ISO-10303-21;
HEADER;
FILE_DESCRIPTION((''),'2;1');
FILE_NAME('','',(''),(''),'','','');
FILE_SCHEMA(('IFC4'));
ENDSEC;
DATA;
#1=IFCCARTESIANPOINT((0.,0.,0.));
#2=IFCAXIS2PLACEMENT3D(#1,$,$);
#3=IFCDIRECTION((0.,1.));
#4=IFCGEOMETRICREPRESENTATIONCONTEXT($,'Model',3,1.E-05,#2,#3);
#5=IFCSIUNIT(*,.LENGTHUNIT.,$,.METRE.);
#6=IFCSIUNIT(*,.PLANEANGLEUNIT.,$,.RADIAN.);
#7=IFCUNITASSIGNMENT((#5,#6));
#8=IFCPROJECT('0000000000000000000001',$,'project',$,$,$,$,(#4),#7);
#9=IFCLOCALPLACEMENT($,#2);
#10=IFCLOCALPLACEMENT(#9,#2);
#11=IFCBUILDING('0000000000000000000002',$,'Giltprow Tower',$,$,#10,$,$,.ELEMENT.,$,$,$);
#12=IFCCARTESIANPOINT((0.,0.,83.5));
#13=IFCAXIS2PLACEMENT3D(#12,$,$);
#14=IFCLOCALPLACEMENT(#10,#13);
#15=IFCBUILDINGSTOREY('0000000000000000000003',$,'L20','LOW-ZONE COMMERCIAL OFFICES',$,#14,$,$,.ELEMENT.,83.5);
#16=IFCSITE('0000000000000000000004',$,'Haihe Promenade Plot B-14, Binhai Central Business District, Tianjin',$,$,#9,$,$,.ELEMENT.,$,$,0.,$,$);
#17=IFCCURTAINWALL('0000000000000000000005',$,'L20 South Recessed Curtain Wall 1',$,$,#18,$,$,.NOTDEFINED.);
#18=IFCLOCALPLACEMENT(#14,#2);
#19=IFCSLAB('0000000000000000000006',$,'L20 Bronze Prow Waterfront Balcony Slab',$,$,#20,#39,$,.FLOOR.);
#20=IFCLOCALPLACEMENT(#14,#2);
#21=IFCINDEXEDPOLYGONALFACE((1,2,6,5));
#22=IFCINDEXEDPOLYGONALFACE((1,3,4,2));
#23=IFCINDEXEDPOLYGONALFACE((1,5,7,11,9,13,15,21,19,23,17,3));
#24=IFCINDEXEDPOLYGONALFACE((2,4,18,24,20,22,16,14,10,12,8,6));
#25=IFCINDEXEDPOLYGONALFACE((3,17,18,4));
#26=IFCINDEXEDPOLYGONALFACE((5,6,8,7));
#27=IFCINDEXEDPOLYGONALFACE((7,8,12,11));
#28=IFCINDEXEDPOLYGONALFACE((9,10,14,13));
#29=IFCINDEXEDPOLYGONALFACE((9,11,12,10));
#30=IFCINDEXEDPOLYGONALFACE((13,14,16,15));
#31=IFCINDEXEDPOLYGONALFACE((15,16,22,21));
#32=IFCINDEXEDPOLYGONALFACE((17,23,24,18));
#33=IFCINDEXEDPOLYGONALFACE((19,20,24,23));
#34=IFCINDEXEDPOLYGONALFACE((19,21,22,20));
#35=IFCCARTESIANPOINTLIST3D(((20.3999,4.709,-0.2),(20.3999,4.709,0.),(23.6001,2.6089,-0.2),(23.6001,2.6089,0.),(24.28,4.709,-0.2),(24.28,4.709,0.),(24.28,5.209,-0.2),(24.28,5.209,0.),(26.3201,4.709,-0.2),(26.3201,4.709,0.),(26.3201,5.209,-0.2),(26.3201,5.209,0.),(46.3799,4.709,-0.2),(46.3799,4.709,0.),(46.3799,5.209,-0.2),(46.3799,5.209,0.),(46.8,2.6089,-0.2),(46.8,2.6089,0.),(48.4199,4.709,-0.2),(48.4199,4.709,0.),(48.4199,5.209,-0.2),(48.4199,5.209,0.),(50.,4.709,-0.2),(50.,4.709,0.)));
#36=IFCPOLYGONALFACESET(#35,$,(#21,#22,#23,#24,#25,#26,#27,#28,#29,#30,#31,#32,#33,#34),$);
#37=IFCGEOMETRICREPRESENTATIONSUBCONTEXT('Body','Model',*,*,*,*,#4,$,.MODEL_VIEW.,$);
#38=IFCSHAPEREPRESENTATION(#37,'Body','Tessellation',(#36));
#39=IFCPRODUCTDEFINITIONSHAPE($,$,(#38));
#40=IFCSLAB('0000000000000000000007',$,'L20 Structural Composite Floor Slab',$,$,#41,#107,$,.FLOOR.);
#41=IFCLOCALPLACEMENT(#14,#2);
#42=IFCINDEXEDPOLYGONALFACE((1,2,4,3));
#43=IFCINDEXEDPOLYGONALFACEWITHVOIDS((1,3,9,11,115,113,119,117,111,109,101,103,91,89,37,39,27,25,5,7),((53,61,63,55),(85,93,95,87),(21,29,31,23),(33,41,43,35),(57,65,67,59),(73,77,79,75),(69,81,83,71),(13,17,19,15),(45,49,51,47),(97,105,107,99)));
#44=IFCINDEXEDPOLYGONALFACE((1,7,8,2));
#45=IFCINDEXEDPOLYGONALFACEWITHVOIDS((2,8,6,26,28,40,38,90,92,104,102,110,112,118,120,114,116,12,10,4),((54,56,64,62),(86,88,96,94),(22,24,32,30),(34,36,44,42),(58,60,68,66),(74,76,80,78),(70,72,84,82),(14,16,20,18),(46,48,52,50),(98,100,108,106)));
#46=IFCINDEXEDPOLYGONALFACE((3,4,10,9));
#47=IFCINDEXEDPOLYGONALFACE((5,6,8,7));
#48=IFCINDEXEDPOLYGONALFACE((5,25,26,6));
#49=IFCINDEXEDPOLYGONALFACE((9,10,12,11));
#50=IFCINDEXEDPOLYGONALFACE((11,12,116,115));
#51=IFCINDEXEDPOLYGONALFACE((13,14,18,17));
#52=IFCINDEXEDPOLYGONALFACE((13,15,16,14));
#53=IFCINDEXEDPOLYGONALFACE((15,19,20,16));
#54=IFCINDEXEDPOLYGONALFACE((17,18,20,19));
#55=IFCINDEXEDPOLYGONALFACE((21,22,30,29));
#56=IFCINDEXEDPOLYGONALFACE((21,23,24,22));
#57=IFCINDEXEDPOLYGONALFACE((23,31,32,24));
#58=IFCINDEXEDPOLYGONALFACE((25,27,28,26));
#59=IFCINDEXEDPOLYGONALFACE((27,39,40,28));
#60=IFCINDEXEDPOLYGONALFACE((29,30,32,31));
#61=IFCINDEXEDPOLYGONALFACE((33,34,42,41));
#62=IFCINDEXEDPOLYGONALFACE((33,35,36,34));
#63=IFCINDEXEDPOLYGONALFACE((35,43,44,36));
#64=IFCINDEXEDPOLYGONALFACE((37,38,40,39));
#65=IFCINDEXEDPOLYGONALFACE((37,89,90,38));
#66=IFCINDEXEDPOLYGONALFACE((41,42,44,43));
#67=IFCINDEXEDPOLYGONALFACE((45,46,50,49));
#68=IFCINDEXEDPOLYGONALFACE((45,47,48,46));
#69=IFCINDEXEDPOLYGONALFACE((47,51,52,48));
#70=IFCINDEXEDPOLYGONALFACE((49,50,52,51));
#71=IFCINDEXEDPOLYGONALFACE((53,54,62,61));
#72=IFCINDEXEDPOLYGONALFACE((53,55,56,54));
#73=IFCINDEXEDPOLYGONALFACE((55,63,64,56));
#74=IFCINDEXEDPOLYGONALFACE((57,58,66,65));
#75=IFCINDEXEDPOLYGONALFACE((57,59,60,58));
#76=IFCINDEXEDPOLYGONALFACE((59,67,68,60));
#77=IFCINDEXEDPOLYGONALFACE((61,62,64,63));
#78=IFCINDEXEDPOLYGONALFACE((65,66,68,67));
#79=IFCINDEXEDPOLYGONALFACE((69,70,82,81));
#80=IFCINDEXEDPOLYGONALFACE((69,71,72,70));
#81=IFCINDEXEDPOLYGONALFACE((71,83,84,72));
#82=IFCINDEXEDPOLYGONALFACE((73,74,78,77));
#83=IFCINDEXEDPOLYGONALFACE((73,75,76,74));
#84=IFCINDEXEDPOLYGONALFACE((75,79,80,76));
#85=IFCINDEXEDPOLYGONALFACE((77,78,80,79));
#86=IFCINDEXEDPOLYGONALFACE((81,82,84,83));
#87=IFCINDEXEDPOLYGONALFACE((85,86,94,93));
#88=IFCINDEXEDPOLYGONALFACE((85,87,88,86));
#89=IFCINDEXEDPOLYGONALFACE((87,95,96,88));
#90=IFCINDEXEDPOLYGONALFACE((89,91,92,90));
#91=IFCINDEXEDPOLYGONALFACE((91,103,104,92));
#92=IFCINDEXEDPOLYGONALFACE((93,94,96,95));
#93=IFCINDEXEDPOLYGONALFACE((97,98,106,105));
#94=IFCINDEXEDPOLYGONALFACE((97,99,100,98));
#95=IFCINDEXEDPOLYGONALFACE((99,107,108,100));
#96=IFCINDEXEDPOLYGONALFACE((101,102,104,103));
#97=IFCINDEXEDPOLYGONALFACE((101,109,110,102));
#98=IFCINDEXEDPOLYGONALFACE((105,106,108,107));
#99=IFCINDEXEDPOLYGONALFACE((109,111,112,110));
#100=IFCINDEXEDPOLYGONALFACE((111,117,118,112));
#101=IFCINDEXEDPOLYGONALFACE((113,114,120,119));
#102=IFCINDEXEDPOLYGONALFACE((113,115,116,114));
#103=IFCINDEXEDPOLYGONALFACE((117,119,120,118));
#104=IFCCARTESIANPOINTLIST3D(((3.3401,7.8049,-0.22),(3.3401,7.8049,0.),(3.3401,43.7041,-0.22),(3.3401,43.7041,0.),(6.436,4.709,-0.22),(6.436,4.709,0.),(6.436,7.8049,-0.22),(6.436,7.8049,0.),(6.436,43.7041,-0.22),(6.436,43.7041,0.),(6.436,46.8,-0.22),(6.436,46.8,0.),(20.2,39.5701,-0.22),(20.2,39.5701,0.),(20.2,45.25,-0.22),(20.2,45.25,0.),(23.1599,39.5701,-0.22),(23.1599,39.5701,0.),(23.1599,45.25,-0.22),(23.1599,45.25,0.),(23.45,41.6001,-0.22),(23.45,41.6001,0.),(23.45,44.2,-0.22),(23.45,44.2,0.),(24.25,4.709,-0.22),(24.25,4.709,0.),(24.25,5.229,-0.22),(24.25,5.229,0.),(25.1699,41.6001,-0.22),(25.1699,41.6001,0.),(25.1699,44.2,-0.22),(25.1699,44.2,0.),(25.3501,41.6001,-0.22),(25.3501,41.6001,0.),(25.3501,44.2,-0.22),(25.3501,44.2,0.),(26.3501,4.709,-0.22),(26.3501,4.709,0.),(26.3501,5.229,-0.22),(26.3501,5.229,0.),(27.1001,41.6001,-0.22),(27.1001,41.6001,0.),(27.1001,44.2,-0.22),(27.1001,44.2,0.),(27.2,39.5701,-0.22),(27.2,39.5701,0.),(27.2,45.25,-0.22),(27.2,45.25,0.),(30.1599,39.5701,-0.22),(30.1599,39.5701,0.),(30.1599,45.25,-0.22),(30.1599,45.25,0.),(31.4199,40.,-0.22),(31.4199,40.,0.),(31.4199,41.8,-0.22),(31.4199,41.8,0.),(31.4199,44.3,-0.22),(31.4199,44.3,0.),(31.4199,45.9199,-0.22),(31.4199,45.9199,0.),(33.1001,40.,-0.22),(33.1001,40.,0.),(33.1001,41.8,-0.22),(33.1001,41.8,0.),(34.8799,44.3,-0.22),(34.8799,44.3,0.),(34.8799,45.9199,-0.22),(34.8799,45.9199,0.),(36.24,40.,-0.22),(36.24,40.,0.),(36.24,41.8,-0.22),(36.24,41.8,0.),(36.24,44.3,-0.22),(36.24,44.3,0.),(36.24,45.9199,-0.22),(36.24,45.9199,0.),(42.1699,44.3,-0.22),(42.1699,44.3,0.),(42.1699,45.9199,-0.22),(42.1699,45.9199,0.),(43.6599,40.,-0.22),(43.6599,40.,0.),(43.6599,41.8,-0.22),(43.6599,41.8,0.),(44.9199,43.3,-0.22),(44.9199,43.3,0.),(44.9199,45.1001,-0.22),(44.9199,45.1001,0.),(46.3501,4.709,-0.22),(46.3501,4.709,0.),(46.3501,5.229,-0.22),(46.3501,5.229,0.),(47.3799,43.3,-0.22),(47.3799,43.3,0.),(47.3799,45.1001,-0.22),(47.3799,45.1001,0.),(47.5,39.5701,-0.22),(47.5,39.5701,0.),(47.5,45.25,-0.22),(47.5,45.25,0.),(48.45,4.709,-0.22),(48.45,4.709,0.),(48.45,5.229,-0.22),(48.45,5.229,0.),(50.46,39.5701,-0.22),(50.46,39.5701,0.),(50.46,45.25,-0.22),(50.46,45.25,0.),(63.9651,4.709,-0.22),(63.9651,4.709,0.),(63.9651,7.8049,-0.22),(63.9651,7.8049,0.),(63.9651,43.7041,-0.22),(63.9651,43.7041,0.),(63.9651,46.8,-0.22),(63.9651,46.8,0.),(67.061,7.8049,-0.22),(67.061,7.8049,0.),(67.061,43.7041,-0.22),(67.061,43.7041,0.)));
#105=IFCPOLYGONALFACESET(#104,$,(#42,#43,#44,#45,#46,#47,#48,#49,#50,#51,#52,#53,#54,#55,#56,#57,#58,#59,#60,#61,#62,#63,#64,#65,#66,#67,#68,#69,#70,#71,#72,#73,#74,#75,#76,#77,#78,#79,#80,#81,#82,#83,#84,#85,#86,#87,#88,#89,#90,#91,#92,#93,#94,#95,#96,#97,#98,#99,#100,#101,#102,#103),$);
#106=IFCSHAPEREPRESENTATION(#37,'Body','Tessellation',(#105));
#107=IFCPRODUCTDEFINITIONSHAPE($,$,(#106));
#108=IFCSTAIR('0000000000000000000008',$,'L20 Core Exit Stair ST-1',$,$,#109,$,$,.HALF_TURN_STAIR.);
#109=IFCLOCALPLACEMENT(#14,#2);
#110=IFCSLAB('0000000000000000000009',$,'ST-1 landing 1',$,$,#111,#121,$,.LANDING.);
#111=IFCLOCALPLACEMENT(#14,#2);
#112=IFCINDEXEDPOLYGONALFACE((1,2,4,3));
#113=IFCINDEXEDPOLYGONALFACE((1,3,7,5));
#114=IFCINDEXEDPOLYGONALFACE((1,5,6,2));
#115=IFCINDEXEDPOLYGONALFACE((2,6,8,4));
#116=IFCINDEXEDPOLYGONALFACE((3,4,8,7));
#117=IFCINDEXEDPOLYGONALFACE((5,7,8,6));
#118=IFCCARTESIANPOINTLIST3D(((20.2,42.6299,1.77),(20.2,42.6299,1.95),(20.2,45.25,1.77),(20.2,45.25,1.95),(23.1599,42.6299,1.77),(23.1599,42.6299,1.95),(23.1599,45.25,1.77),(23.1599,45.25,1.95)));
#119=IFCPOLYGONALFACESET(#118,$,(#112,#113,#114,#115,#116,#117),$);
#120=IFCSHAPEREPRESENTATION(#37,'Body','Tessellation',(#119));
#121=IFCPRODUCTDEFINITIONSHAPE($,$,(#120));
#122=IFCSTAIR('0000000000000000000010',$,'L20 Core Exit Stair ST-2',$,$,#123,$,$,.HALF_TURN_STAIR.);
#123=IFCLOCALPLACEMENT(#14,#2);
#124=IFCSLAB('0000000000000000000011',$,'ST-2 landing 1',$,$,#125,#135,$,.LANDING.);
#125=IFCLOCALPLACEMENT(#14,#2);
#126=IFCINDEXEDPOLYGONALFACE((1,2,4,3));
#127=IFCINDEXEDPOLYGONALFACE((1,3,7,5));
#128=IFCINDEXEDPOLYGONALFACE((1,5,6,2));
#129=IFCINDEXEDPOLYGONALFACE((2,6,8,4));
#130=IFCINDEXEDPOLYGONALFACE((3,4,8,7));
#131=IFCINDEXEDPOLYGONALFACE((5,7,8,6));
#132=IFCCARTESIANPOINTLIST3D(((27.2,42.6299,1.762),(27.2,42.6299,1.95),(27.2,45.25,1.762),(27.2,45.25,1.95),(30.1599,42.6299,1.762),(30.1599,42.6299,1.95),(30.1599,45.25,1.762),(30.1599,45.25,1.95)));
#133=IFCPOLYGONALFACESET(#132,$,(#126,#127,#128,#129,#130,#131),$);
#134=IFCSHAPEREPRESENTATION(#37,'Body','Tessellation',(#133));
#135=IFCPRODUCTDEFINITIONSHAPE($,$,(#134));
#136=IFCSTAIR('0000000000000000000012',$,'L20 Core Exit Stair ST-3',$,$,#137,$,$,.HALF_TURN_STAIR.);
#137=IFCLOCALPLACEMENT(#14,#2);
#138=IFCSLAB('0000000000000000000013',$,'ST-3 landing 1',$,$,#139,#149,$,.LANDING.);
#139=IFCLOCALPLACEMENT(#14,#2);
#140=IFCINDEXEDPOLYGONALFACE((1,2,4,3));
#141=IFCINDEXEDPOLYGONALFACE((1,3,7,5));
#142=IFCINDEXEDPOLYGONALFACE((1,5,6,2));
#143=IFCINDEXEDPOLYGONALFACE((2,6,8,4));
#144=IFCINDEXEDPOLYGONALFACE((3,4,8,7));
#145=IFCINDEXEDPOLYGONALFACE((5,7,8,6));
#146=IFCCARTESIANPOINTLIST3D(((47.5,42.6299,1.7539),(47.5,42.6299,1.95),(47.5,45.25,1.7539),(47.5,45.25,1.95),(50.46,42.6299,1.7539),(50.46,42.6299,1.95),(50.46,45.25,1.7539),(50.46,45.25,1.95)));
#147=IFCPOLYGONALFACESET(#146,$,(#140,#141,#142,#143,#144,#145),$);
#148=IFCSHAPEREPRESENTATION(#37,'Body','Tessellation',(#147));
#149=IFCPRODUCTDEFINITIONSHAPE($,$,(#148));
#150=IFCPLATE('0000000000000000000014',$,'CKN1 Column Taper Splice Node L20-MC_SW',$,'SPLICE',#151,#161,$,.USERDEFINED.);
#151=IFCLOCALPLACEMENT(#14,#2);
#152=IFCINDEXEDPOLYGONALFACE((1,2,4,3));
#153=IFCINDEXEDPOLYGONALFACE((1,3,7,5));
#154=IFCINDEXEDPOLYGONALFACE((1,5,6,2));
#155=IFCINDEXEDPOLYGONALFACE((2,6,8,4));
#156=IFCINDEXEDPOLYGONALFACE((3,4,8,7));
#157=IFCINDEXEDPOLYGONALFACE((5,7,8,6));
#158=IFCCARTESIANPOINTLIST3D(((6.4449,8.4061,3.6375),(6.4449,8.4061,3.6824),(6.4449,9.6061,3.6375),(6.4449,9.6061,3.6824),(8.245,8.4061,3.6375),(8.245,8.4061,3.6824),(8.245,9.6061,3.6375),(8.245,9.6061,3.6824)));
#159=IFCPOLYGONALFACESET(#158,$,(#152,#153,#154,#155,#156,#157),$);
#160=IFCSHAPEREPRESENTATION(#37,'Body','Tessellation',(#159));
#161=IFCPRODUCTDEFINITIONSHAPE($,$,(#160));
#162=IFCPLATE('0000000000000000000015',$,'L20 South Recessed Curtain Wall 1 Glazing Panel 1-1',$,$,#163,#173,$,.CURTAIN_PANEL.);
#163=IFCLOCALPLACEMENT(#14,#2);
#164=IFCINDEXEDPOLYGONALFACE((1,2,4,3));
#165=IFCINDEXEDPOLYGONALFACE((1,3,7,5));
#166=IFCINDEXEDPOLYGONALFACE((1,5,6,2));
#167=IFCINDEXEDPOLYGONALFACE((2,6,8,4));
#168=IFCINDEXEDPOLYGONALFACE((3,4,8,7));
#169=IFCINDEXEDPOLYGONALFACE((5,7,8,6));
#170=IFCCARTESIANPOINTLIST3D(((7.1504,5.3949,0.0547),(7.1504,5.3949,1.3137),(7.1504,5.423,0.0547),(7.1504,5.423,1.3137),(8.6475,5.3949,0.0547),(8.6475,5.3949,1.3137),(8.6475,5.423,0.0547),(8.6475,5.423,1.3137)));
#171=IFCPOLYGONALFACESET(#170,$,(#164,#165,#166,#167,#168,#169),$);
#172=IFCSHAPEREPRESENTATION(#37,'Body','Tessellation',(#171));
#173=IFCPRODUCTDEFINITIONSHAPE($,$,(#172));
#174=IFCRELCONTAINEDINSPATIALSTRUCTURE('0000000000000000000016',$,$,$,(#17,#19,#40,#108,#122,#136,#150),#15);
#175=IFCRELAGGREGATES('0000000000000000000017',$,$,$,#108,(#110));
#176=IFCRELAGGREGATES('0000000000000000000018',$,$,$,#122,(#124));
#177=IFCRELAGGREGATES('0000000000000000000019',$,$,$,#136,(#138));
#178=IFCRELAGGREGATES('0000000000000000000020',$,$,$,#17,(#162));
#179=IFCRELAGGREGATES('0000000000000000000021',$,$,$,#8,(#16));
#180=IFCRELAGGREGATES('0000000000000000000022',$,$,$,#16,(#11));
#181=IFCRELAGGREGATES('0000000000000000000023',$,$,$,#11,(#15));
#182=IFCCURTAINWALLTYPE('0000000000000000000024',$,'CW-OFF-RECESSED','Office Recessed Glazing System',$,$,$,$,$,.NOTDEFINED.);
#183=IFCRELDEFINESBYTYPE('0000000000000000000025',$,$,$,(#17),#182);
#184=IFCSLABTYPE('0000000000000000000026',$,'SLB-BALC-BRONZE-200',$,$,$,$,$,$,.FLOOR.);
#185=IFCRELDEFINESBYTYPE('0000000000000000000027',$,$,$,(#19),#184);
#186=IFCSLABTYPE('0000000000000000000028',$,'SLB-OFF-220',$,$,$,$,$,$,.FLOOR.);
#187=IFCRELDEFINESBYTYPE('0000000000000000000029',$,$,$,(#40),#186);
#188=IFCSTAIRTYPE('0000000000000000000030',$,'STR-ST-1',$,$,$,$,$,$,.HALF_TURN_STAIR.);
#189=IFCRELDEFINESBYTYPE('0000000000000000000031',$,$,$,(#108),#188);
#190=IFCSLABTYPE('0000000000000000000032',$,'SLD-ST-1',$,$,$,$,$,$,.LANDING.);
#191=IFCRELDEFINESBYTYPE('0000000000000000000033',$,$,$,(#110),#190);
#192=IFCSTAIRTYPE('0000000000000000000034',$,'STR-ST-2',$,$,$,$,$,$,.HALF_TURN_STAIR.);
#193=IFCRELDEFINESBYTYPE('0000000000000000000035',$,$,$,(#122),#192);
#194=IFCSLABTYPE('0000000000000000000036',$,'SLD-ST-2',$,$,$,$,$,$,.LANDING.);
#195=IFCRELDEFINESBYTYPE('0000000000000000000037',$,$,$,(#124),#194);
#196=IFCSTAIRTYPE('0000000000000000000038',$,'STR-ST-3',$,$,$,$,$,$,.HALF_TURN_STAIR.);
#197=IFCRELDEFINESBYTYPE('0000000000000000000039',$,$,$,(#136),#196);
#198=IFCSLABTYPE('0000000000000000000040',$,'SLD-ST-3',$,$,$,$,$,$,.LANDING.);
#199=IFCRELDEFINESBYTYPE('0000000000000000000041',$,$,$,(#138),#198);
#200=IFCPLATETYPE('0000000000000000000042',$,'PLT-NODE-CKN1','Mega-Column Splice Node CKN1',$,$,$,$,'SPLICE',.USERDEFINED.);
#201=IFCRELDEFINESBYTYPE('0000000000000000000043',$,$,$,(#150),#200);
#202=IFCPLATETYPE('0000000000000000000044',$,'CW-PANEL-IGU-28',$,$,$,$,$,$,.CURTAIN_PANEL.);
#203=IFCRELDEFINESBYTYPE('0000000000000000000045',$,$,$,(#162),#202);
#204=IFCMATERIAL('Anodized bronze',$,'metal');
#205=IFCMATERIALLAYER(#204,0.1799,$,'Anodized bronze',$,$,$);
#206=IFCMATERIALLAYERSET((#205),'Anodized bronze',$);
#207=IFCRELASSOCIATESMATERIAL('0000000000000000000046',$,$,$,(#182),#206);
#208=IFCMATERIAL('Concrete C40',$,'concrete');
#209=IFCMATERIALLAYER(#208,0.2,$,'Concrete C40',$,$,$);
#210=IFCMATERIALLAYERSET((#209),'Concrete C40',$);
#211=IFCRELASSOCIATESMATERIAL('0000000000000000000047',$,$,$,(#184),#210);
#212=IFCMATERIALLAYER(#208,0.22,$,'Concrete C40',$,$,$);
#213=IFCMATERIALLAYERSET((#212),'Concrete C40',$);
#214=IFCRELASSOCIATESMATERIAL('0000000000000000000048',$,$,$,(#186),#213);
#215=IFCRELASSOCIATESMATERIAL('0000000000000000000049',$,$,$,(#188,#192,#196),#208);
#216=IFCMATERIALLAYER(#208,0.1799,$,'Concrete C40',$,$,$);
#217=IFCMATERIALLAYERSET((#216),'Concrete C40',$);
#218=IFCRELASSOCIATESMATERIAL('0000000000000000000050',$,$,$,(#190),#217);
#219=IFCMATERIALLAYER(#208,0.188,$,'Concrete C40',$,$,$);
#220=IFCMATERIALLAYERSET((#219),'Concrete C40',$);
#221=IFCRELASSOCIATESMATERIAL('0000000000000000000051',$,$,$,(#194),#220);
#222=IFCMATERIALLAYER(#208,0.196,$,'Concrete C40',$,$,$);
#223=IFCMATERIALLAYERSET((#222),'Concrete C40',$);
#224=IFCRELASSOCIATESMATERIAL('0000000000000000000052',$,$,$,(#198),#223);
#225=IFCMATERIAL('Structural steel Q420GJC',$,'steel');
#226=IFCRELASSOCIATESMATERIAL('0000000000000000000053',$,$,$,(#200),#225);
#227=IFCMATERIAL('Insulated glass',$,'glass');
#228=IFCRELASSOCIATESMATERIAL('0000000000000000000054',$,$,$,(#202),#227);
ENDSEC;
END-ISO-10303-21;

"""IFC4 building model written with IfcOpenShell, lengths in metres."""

from ifc_helpers import new_model, si_unit, direction, frame, origin, origin_2d, place, context, subcontext, project, spatial, polyline, rectangle, outline, extrude, source, transform, mapped, material, layer, layer_set, type_object, element, aggregate, save


model = new_model("IFC4")

# Units and contexts
model_context = context("Model", 3, precision=1e-05, world=origin(), true_north=direction((0.0, 1.0)))
body_context = subcontext(model_context, "Body", "Model", "MODEL_VIEW")
ifc_project = project(units=[si_unit("LENGTHUNIT", "METRE"), si_unit("PLANEANGLEUNIT", "RADIAN")], contexts=[model_context])

# Site, building, storey
site_placement = place(None, origin())
site = spatial("IfcSite", under=ifc_project, at=site_placement, Name="Haihe Promenade Plot B-14, Binhai Central Business District, Tianjin", CompositionType="ELEMENT", RefElevation=0.0)
building_placement = place(site_placement, origin())
building = spatial("IfcBuilding", under=site, at=building_placement, Name="Giltprow Tower", CompositionType="ELEMENT")
storey_placement = place(building_placement, frame((0.0, 0.0, 83.5)))
storey = spatial("IfcBuildingStorey", under=building, at=storey_placement, Name="L20", Description="LOW-ZONE COMMERCIAL OFFICES", CompositionType="ELEMENT", Elevation=83.5)

# Shared definitions
ifc_material_1 = material(Name="Structural steel Q420GJC", Category="steel")

# Curtain wall
ifc_material_2 = material(Name="Anodized bronze", Category="metal")
ifc_layer_1 = layer(ifc_material_2, 0.1799, Name="Anodized bronze")
ifc_layer_set_1 = layer_set([ifc_layer_1], Name="Anodized bronze")
curtain_wall_type = type_object("IfcCurtainWallType", Name="CW-OFF-RECESSED", Description="Office Recessed Glazing System", PredefinedType="NOTDEFINED", material=ifc_layer_set_1)
curtain_wall_placement = place(storey_placement, origin())
curtain_wall = element("IfcCurtainWall", 1, at=curtain_wall_placement, inside=storey, type_object=curtain_wall_type, Name="L20 South Recessed Curtain Wall 1", PredefinedType="NOTDEFINED")

# Slabs
ifc_material_3 = material(Name="Concrete C40", Category="concrete")
ifc_layer_2 = layer(ifc_material_3, 0.2, Name="Concrete C40")
ifc_layer_set_2 = layer_set([ifc_layer_2], Name="Concrete C40")
slab_type_1 = type_object("IfcSlabType", Name="SLB-BALC-BRONZE-200", PredefinedType="FLOOR", material=ifc_layer_set_2)
slab_1_placement = place(storey_placement, frame((0.0, 0.0, -0.2)))
element("IfcSlab", 2, at=slab_1_placement, inside=storey, type_object=slab_type_1, Name="L20 Bronze Prow Waterfront Balcony Slab", PredefinedType="FLOOR", context=body_context, shape_type="SweptSolid", body=[
    extrude(outline(polyline([(50.0, 4.709), (46.8, 2.6089), (23.6001, 2.6089), (20.3999, 4.709), (24.28, 4.709), (24.28, 5.209), (26.3201, 5.209), (26.3201, 4.709), (46.3799, 4.709), (46.3799, 5.209), (48.4199, 5.209), (48.4199, 4.709), (50.0, 4.709)])), origin(), (0.0, 0.0, 1.0), 0.2),
])
ifc_layer_3 = layer(ifc_material_3, 0.22, Name="Concrete C40")
ifc_layer_set_3 = layer_set([ifc_layer_3], Name="Concrete C40")
slab_type_2 = type_object("IfcSlabType", Name="SLB-OFF-220", PredefinedType="FLOOR", material=ifc_layer_set_3)
slab_2_placement = place(storey_placement, frame((0.0, 0.0, -0.22)))
element("IfcSlab", 3, at=slab_2_placement, inside=storey, type_object=slab_type_2, Name="L20 Structural Composite Floor Slab", PredefinedType="FLOOR", context=body_context, shape_type="SweptSolid", body=[
    extrude(outline(polyline([(6.436, 4.709), (6.436, 7.8049), (3.3401, 7.8049), (3.3401, 43.7041), (6.436, 43.7041), (6.436, 46.8), (63.9651, 46.8), (63.9651, 43.7041), (67.061, 43.7041), (67.061, 7.8049), (63.9651, 7.8049), (63.9651, 4.709), (48.45, 4.709), (48.45, 5.229), (46.3501, 5.229), (46.3501, 4.709), (26.3501, 4.709), (26.3501, 5.229), (24.25, 5.229), (24.25, 4.709), (6.436, 4.709)]), holes=[polyline([(33.1001, 41.8), (31.4199, 41.8), (31.4199, 40.0), (33.1001, 40.0), (33.1001, 41.8)]), polyline([(23.1599, 39.5701), (23.1599, 45.25), (20.2, 45.25), (20.2, 39.5701), (23.1599, 39.5701)]), polyline([(30.1599, 45.25), (27.2, 45.25), (27.2, 39.5701), (30.1599, 39.5701), (30.1599, 45.25)]), polyline([(25.1699, 41.6001), (25.1699, 44.2), (23.45, 44.2), (23.45, 41.6001), (25.1699, 41.6001)]), polyline([(27.1001, 41.6001), (27.1001, 44.2), (25.3501, 44.2), (25.3501, 41.6001), (27.1001, 41.6001)]), polyline([(43.6599, 40.0), (43.6599, 41.8), (36.24, 41.8), (36.24, 40.0), (43.6599, 40.0)]), polyline([(50.46, 39.5701), (50.46, 45.25), (47.5, 45.25), (47.5, 39.5701), (50.46, 39.5701)]), polyline([(47.3799, 45.1001), (44.9199, 45.1001), (44.9199, 43.3), (47.3799, 43.3), (47.3799, 45.1001)]), polyline([(34.8799, 44.3), (34.8799, 45.9199), (31.4199, 45.9199), (31.4199, 44.3), (34.8799, 44.3)]), polyline([(42.1699, 44.3), (42.1699, 45.9199), (36.24, 45.9199), (36.24, 44.3), (42.1699, 44.3)])]), origin(), (0.0, 0.0, 1.0), 0.22),
])

# Stairs, slabs
stair_type_1 = type_object("IfcStairType", Name="STR-ST-1", PredefinedType="HALF_TURN_STAIR", material=ifc_material_3)
stair_1_placement = place(storey_placement, origin())
stair_1 = element("IfcStair", 4, at=stair_1_placement, inside=storey, type_object=stair_type_1, Name="L20 Core Exit Stair ST-1", PredefinedType="HALF_TURN_STAIR")
ifc_layer_4 = layer(ifc_material_3, 0.1799, Name="Concrete C40")
ifc_layer_set_4 = layer_set([ifc_layer_4], Name="Concrete C40")
slab_type_3 = type_object("IfcSlabType", Name="SLD-ST-1", PredefinedType="LANDING", material=ifc_layer_set_4)
slab_3_placement = place(storey_placement, frame((0.0, 0.0, 1.77)))
slab_3 = element("IfcSlab", 5, at=slab_3_placement, type_object=slab_type_3, Name="ST-1 landing 1", PredefinedType="LANDING", context=body_context, shape_type="SweptSolid", body=[
    extrude(outline(polyline([(23.1599, 42.6299), (23.1599, 45.25), (20.2, 45.25), (20.2, 42.6299), (23.1599, 42.6299)])), origin(), (0.0, 0.0, 1.0), 0.1799),
])
aggregate(stair_1, [slab_3])
stair_type_2 = type_object("IfcStairType", Name="STR-ST-2", PredefinedType="HALF_TURN_STAIR", material=ifc_material_3)
stair_2_placement = place(storey_placement, origin())
stair_2 = element("IfcStair", 6, at=stair_2_placement, inside=storey, type_object=stair_type_2, Name="L20 Core Exit Stair ST-2", PredefinedType="HALF_TURN_STAIR")
ifc_layer_5 = layer(ifc_material_3, 0.188, Name="Concrete C40")
ifc_layer_set_5 = layer_set([ifc_layer_5], Name="Concrete C40")
slab_type_4 = type_object("IfcSlabType", Name="SLD-ST-2", PredefinedType="LANDING", material=ifc_layer_set_5)
slab_4_placement = place(storey_placement, frame((0.0, 0.0, 1.762)))
slab_4 = element("IfcSlab", 7, at=slab_4_placement, type_object=slab_type_4, Name="ST-2 landing 1", PredefinedType="LANDING", context=body_context, shape_type="SweptSolid", body=[
    extrude(outline(polyline([(30.1599, 42.6299), (30.1599, 45.25), (27.2, 45.25), (27.2, 42.6299), (30.1599, 42.6299)])), origin(), (0.0, 0.0, 1.0), 0.188),
])
aggregate(stair_2, [slab_4])
stair_type_3 = type_object("IfcStairType", Name="STR-ST-3", PredefinedType="HALF_TURN_STAIR", material=ifc_material_3)
stair_3_placement = place(storey_placement, origin())
stair_3 = element("IfcStair", 8, at=stair_3_placement, inside=storey, type_object=stair_type_3, Name="L20 Core Exit Stair ST-3", PredefinedType="HALF_TURN_STAIR")
ifc_layer_6 = layer(ifc_material_3, 0.196, Name="Concrete C40")
ifc_layer_set_6 = layer_set([ifc_layer_6], Name="Concrete C40")
slab_type_5 = type_object("IfcSlabType", Name="SLD-ST-3", PredefinedType="LANDING", material=ifc_layer_set_6)
slab_5_placement = place(storey_placement, frame((0.0, 0.0, 1.7539)))
slab_5 = element("IfcSlab", 9, at=slab_5_placement, type_object=slab_type_5, Name="ST-3 landing 1", PredefinedType="LANDING", context=body_context, shape_type="SweptSolid", body=[
    extrude(outline(polyline([(50.46, 42.6299), (50.46, 45.25), (47.5, 45.25), (47.5, 42.6299), (50.46, 42.6299)])), origin(), (0.0, 0.0, 1.0), 0.196),
])
aggregate(stair_3, [slab_5])

# Plates
plate_type_1 = type_object("IfcPlateType", Name="PLT-NODE-CKN1", Description="Mega-Column Splice Node CKN1", ElementType="SPLICE", PredefinedType="USERDEFINED", material=ifc_material_1)
shared_shape_1 = source(origin(), body_context, "Body", "SweptSolid", [
    extrude(rectangle(XDim=1.8, YDim=1.2, at=origin_2d()), origin(), (0.0, 0.0, 1.0), 0.0449),
])
plate_1_placement = place(storey_placement, frame((7.345, 9.0061, 3.6375), z_axis=(0.0, 0.0, 1.0), x_axis=(1.0, 0.0, 0.0)))
element("IfcPlate", 10, at=plate_1_placement, inside=storey, type_object=plate_type_1, Name="CKN1 Column Taper Splice Node L20-MC_SW", ObjectType="SPLICE", PredefinedType="USERDEFINED", context=body_context, shape_type="MappedRepresentation", body=[
    mapped(shared_shape_1, transform((0.0, 0.0, 0.0), x_axis=(1.0, 0.0, 0.0), y_axis=(0.0, 1.0, 0.0), z_axis=(0.0, 0.0, 1.0), scale=1.0)),
])
ifc_material_4 = material(Name="Insulated glass", Category="glass")
plate_type_2 = type_object("IfcPlateType", Name="CW-PANEL-IGU-28", PredefinedType="CURTAIN_PANEL", material=ifc_material_4)
shared_shape_2 = source(origin(), body_context, "Body", "SweptSolid", [
    extrude(rectangle(XDim=1.4971, YDim=0.0281, at=origin_2d()), origin(), (0.0, 0.0, 1.0), 1.259),
])
plate_2_placement = place(storey_placement, frame((7.8989, 5.4089, 0.0547), z_axis=(0.0, 0.0, 1.0), x_axis=(1.0, 0.0, 0.0)))
plate_2 = element("IfcPlate", 11, at=plate_2_placement, type_object=plate_type_2, Name="L20 South Recessed Curtain Wall 1 Glazing Panel 1-1", PredefinedType="CURTAIN_PANEL", context=body_context, shape_type="MappedRepresentation", body=[
    mapped(shared_shape_2, transform((0.0, 0.0, 0.0), x_axis=(1.0, 0.0, 0.0), y_axis=(0.0, 1.0, 0.0), z_axis=(0.0, 0.0, 1.0), scale=1.0)),
])
aggregate(curtain_wall, [plate_2])

save(model, "model.ifc")
